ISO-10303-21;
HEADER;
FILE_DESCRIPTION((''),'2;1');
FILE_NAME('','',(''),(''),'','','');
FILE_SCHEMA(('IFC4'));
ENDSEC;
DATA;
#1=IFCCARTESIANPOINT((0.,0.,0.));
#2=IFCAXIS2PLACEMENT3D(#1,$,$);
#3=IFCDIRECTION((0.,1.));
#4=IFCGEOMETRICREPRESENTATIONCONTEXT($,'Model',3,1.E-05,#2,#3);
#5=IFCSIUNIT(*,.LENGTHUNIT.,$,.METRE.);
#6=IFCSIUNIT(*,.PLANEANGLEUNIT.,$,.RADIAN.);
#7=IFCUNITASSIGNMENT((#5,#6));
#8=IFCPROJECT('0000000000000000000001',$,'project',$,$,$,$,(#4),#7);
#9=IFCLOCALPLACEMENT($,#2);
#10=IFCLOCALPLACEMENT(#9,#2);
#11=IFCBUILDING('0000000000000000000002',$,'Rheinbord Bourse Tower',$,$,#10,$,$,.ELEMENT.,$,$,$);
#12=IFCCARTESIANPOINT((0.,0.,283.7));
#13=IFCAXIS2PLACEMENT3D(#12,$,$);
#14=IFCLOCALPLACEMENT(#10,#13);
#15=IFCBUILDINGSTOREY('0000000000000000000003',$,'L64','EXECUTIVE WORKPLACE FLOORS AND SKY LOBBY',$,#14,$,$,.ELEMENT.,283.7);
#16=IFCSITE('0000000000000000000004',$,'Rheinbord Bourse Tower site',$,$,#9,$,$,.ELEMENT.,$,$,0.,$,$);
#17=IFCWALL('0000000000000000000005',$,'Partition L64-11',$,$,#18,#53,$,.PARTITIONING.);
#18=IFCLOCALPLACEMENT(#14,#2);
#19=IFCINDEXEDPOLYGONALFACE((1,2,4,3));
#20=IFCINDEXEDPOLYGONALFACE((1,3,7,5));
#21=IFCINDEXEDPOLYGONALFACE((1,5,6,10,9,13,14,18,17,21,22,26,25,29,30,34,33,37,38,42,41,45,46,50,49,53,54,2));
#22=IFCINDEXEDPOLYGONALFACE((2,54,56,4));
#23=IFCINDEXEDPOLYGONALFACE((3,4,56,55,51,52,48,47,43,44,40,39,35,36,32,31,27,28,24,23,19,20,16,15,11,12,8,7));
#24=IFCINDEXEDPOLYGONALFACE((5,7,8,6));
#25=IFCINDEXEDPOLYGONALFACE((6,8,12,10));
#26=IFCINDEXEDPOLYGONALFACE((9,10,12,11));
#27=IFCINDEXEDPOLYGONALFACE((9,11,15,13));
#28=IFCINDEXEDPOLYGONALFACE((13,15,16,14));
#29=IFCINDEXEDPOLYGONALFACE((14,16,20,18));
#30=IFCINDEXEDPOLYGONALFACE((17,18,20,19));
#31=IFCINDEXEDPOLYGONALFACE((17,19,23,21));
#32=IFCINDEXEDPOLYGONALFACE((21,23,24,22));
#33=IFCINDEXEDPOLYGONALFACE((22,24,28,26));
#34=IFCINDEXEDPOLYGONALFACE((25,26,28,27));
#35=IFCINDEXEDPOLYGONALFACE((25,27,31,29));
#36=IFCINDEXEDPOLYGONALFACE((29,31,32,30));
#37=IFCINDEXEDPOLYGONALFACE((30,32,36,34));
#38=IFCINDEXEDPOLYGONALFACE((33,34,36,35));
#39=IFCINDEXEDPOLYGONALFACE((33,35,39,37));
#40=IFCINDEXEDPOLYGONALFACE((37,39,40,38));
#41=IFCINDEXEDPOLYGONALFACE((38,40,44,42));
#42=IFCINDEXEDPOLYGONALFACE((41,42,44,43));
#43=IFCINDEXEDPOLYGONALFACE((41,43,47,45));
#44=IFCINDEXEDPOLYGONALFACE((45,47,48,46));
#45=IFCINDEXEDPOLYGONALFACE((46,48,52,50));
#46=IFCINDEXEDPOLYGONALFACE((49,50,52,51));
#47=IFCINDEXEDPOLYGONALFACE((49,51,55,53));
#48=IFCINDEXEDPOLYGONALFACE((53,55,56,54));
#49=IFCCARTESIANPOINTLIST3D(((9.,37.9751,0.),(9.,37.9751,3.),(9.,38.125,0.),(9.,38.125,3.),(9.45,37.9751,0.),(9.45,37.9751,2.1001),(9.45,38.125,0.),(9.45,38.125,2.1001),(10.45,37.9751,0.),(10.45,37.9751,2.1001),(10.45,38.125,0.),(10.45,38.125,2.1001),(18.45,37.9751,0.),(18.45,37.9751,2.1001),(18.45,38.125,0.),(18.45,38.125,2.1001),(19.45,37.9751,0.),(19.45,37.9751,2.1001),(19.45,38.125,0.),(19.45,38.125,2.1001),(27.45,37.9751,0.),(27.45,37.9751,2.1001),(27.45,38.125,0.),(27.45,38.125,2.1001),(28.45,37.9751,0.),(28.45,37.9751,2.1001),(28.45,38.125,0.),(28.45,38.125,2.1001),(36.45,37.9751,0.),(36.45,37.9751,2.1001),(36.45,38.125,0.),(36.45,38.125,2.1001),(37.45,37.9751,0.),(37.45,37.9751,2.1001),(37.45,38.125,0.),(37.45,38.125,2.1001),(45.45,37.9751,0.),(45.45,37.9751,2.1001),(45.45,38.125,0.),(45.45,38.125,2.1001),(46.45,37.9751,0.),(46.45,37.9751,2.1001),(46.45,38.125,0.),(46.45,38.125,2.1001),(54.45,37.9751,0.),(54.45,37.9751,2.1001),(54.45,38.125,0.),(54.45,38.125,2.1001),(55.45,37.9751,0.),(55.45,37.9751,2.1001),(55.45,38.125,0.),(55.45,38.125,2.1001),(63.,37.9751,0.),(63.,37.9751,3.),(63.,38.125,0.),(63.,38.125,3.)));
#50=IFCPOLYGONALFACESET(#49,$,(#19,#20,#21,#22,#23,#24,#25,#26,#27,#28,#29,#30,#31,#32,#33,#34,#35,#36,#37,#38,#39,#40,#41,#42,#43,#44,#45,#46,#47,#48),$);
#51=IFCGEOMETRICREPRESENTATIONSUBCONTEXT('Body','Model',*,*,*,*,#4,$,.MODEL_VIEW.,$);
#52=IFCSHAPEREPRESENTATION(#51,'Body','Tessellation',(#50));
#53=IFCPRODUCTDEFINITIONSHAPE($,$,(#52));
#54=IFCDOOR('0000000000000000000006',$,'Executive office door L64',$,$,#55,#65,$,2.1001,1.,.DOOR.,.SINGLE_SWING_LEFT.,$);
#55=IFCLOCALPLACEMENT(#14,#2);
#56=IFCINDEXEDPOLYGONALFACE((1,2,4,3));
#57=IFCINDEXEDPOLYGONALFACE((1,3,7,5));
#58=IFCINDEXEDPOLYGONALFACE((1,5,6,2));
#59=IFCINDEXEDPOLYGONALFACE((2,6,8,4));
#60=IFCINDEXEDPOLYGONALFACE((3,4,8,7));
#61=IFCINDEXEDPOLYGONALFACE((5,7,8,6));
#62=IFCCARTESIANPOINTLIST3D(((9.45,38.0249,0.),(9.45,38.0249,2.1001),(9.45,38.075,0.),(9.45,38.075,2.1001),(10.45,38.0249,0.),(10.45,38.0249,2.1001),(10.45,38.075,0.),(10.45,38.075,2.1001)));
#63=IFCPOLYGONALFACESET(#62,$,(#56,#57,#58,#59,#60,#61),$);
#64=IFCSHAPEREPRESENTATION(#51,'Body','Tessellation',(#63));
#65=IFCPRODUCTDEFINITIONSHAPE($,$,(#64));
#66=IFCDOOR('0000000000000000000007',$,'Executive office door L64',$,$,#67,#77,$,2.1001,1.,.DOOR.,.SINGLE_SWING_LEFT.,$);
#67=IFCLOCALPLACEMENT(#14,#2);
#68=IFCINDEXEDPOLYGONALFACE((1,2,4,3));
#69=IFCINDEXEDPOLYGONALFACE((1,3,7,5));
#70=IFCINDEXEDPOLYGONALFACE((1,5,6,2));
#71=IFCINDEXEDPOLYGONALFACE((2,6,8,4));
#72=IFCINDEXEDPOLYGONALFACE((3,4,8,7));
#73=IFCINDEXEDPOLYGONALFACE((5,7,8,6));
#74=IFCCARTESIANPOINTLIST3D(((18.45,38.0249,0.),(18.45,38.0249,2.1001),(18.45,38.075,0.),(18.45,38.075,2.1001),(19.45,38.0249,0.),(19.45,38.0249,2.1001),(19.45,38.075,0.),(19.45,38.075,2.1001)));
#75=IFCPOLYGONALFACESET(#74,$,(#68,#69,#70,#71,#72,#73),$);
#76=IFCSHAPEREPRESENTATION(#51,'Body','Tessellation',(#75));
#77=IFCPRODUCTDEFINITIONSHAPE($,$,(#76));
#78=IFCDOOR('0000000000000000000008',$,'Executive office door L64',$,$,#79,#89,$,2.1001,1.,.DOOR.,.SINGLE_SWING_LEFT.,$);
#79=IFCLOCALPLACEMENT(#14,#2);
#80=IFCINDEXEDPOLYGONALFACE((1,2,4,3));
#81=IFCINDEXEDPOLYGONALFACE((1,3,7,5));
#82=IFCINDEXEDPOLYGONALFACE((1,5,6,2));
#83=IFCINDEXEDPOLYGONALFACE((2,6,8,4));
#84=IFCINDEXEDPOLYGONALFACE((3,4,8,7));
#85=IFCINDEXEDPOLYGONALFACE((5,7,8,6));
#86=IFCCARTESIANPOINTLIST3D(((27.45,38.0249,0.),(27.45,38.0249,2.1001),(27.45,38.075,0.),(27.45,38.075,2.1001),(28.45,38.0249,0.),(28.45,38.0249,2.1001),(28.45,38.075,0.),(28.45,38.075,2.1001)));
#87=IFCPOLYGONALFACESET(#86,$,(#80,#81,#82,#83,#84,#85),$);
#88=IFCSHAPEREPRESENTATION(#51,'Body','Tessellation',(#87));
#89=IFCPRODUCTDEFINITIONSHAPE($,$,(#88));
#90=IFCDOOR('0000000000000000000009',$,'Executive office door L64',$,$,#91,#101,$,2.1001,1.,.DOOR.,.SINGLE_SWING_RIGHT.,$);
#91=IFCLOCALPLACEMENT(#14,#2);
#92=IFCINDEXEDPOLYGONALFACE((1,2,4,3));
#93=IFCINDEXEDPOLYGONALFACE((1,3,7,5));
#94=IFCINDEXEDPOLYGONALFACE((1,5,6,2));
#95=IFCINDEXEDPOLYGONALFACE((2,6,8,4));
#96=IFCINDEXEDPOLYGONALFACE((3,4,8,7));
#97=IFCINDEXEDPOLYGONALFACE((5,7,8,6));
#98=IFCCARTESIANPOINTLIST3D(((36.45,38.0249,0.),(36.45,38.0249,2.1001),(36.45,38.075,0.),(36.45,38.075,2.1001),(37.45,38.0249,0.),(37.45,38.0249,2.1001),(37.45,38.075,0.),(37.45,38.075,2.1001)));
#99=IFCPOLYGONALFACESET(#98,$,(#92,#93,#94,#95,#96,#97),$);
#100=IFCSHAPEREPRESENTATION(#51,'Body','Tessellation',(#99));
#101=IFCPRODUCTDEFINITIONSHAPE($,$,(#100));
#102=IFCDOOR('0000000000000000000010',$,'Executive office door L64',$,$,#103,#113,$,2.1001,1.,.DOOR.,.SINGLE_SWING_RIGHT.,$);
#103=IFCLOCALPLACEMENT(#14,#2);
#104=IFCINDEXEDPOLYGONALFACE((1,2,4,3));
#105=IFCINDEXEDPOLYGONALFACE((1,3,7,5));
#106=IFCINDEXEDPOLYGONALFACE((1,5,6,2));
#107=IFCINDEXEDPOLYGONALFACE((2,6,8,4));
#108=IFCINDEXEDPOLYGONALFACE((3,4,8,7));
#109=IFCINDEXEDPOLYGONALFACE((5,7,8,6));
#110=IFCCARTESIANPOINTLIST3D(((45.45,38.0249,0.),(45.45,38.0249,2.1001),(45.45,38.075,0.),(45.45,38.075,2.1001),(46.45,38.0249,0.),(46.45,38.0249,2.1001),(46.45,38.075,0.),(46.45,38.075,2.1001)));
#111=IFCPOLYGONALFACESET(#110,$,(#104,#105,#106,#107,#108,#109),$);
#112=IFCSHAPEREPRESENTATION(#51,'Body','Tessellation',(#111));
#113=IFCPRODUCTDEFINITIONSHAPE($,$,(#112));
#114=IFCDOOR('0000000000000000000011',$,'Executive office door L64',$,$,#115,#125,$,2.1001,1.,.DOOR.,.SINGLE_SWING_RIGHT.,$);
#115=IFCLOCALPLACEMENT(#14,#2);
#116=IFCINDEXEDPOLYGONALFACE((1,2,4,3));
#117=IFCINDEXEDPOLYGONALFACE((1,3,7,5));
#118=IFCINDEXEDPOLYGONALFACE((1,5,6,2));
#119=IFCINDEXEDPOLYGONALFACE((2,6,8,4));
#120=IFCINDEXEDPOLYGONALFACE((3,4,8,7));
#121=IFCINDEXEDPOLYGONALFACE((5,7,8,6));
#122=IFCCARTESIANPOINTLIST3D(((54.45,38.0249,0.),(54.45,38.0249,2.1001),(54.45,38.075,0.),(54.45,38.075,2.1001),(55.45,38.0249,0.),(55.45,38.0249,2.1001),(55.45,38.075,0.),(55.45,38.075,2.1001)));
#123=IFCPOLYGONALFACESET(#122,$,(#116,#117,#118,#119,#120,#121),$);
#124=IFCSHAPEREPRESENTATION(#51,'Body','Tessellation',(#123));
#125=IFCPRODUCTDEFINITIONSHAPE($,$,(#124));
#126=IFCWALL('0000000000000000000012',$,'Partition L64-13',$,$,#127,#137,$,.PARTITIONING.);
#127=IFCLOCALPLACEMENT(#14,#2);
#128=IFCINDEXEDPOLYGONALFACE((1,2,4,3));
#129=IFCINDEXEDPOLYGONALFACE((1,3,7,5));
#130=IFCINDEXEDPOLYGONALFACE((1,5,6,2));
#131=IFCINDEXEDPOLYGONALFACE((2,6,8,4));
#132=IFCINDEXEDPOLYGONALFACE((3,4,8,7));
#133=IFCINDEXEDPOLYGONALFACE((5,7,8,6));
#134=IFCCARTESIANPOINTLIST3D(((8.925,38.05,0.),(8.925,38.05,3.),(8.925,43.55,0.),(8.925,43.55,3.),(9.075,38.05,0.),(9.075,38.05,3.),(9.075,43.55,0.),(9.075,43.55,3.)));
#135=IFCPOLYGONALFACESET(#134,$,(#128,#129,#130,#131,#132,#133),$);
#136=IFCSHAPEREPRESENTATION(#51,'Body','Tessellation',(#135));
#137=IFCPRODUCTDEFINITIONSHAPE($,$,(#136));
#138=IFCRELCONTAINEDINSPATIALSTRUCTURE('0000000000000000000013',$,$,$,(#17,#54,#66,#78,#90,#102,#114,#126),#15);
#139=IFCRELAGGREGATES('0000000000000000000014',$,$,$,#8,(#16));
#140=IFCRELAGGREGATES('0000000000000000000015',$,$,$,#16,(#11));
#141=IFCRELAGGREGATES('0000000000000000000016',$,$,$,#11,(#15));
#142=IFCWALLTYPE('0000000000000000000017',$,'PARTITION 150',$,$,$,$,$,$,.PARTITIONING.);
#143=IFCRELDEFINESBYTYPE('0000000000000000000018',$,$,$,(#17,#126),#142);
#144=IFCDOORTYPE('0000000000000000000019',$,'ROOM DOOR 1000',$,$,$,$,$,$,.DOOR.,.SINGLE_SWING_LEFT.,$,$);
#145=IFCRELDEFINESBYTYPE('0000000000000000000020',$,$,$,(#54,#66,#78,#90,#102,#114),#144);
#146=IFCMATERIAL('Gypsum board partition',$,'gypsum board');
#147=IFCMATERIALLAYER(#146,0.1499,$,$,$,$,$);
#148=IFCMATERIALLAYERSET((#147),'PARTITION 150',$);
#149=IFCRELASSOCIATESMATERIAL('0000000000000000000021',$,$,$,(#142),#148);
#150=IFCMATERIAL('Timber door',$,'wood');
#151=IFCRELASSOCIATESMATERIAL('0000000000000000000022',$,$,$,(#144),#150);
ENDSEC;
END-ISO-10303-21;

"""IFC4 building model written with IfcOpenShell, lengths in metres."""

from ifc_helpers import new_model, si_unit, direction, frame, frame_2d, origin, place, context, subcontext, project, spatial, rectangle, extrude, material, layer, layer_set, type_object, element, fill, save


model = new_model("IFC4")

# Units and contexts
model_context = context("Model", 3, precision=1e-05, world=origin(), true_north=direction((0.0, 1.0)))
body_context = subcontext(model_context, "Body", "Model", "MODEL_VIEW")
ifc_project = project(units=[si_unit("LENGTHUNIT", "METRE"), si_unit("PLANEANGLEUNIT", "RADIAN")], contexts=[model_context])

# Site, building, storey
site_placement = place(None, origin())
site = spatial("IfcSite", under=ifc_project, at=site_placement, Name="Rheinbord Bourse Tower site", CompositionType="ELEMENT", RefElevation=0.0)
building_placement = place(site_placement, origin())
building = spatial("IfcBuilding", under=site, at=building_placement, Name="Rheinbord Bourse Tower", CompositionType="ELEMENT")
storey_placement = place(building_placement, frame((0.0, 0.0, 283.7)))
storey = spatial("IfcBuildingStorey", under=building, at=storey_placement, Name="L64", Description="EXECUTIVE WORKPLACE FLOORS AND SKY LOBBY", CompositionType="ELEMENT", Elevation=283.7)

# Wall, openings, doors
ifc_material_1 = material(Name="Gypsum board partition", Category="gypsum board")
ifc_layer_1 = layer(ifc_material_1, 0.1499)
ifc_layer_set_1 = layer_set([ifc_layer_1], Name="PARTITION 150")
wall_type = type_object("IfcWallType", Name="PARTITION 150", PredefinedType="PARTITIONING", material=ifc_layer_set_1)
wall_1_placement = place(storey_placement, frame((9.0, 38.05, 0.0), z_axis=(0.0, 0.0, 1.0), x_axis=(1.0, 0.0, 0.0)))
wall_1 = element("IfcWall", 1, at=wall_1_placement, inside=storey, type_object=wall_type, Name="Partition L64-11", PredefinedType="PARTITIONING", context=body_context, shape_type="SweptSolid", body=[
    extrude(rectangle(XDim=54.0, YDim=0.1499, at=frame_2d((27.0, 0.0))), origin(), (0.0, 0.0, 1.0), 3.0),
])
opening_1_placement = place(wall_1_placement, frame((0.45, 0.0, 0.0)))
opening_1 = element("IfcOpeningElement", 2, at=opening_1_placement, cuts=wall_1, PredefinedType="OPENING", context=body_context, shape_type="SweptSolid", body=[
    extrude(rectangle(XDim=1.0, YDim=2.1001, at=frame_2d((0.5, 1.05))), frame((0.0, 0.085, 0.0), z_axis=(0.0, -1.0, 0.0), x_axis=(1.0, 0.0, 0.0)), (0.0, 0.0, 1.0), 0.1699),
])
opening_2_placement = place(wall_1_placement, frame((9.45, 0.0, 0.0)))
opening_2 = element("IfcOpeningElement", 3, at=opening_2_placement, cuts=wall_1, PredefinedType="OPENING", context=body_context, shape_type="SweptSolid", body=[
    extrude(rectangle(XDim=1.0, YDim=2.1001, at=frame_2d((0.5, 1.05))), frame((0.0, 0.085, 0.0), z_axis=(0.0, -1.0, 0.0), x_axis=(1.0, 0.0, 0.0)), (0.0, 0.0, 1.0), 0.1699),
])
opening_3_placement = place(wall_1_placement, frame((18.45, 0.0, 0.0)))
opening_3 = element("IfcOpeningElement", 4, at=opening_3_placement, cuts=wall_1, PredefinedType="OPENING", context=body_context, shape_type="SweptSolid", body=[
    extrude(rectangle(XDim=1.0, YDim=2.1001, at=frame_2d((0.5, 1.05))), frame((0.0, 0.085, 0.0), z_axis=(0.0, -1.0, 0.0), x_axis=(1.0, 0.0, 0.0)), (0.0, 0.0, 1.0), 0.1699),
])
opening_4_placement = place(wall_1_placement, frame((27.45, 0.0, 0.0)))
opening_4 = element("IfcOpeningElement", 5, at=opening_4_placement, cuts=wall_1, PredefinedType="OPENING", context=body_context, shape_type="SweptSolid", body=[
    extrude(rectangle(XDim=1.0, YDim=2.1001, at=frame_2d((0.5, 1.05))), frame((0.0, 0.085, 0.0), z_axis=(0.0, -1.0, 0.0), x_axis=(1.0, 0.0, 0.0)), (0.0, 0.0, 1.0), 0.1699),
])
opening_5_placement = place(wall_1_placement, frame((36.45, 0.0, 0.0)))
opening_5 = element("IfcOpeningElement", 6, at=opening_5_placement, cuts=wall_1, PredefinedType="OPENING", context=body_context, shape_type="SweptSolid", body=[
    extrude(rectangle(XDim=1.0, YDim=2.1001, at=frame_2d((0.5, 1.05))), frame((0.0, 0.085, 0.0), z_axis=(0.0, -1.0, 0.0), x_axis=(1.0, 0.0, 0.0)), (0.0, 0.0, 1.0), 0.1699),
])
opening_6_placement = place(wall_1_placement, frame((45.45, 0.0, 0.0)))
opening_6 = element("IfcOpeningElement", 7, at=opening_6_placement, cuts=wall_1, PredefinedType="OPENING", context=body_context, shape_type="SweptSolid", body=[
    extrude(rectangle(XDim=1.0, YDim=2.1001, at=frame_2d((0.5, 1.05))), frame((0.0, 0.085, 0.0), z_axis=(0.0, -1.0, 0.0), x_axis=(1.0, 0.0, 0.0)), (0.0, 0.0, 1.0), 0.1699),
])
ifc_material_2 = material(Name="Timber door", Category="wood")
door_type = type_object("IfcDoorType", Name="ROOM DOOR 1000", OperationType="SINGLE_SWING_LEFT", PredefinedType="DOOR", material=ifc_material_2)
door_1_placement = place(opening_1_placement, origin())
door_1 = element("IfcDoor", 8, at=door_1_placement, inside=storey, type_object=door_type, Name="Executive office door L64", OperationType="SINGLE_SWING_LEFT", OverallHeight=2.1001, OverallWidth=1.0, PredefinedType="DOOR", context=body_context, shape_type="SweptSolid", body=[
    extrude(rectangle(XDim=1.0, YDim=2.1001, at=frame_2d((0.5, 1.05))), frame((0.0, 0.0249, 0.0), z_axis=(0.0, -1.0, 0.0), x_axis=(1.0, 0.0, 0.0)), (0.0, 0.0, 1.0), 0.05),
])
fill(opening_1, door_1)
door_2_placement = place(opening_2_placement, origin())
door_2 = element("IfcDoor", 9, at=door_2_placement, inside=storey, type_object=door_type, Name="Executive office door L64", OperationType="SINGLE_SWING_LEFT", OverallHeight=2.1001, OverallWidth=1.0, PredefinedType="DOOR", context=body_context, shape_type="SweptSolid", body=[
    extrude(rectangle(XDim=1.0, YDim=2.1001, at=frame_2d((0.5, 1.05))), frame((0.0, 0.0249, 0.0), z_axis=(0.0, -1.0, 0.0), x_axis=(1.0, 0.0, 0.0)), (0.0, 0.0, 1.0), 0.05),
])
fill(opening_2, door_2)
door_3_placement = place(opening_3_placement, origin())
door_3 = element("IfcDoor", 10, at=door_3_placement, inside=storey, type_object=door_type, Name="Executive office door L64", OperationType="SINGLE_SWING_LEFT", OverallHeight=2.1001, OverallWidth=1.0, PredefinedType="DOOR", context=body_context, shape_type="SweptSolid", body=[
    extrude(rectangle(XDim=1.0, YDim=2.1001, at=frame_2d((0.5, 1.05))), frame((0.0, 0.0249, 0.0), z_axis=(0.0, -1.0, 0.0), x_axis=(1.0, 0.0, 0.0)), (0.0, 0.0, 1.0), 0.05),
])
fill(opening_3, door_3)
door_4_placement = place(opening_4_placement, origin())
door_4 = element("IfcDoor", 11, at=door_4_placement, inside=storey, type_object=door_type, Name="Executive office door L64", OperationType="SINGLE_SWING_RIGHT", OverallHeight=2.1001, OverallWidth=1.0, PredefinedType="DOOR", context=body_context, shape_type="SweptSolid", body=[
    extrude(rectangle(XDim=1.0, YDim=2.1001, at=frame_2d((0.5, 1.05))), frame((0.0, 0.0249, 0.0), z_axis=(0.0, -1.0, 0.0), x_axis=(1.0, 0.0, 0.0)), (0.0, 0.0, 1.0), 0.05),
])
fill(opening_4, door_4)
door_5_placement = place(opening_5_placement, origin())
door_5 = element("IfcDoor", 12, at=door_5_placement, inside=storey, type_object=door_type, Name="Executive office door L64", OperationType="SINGLE_SWING_RIGHT", OverallHeight=2.1001, OverallWidth=1.0, PredefinedType="DOOR", context=body_context, shape_type="SweptSolid", body=[
    extrude(rectangle(XDim=1.0, YDim=2.1001, at=frame_2d((0.5, 1.05))), frame((0.0, 0.0249, 0.0), z_axis=(0.0, -1.0, 0.0), x_axis=(1.0, 0.0, 0.0)), (0.0, 0.0, 1.0), 0.05),
])
fill(opening_5, door_5)
door_6_placement = place(opening_6_placement, origin())
door_6 = element("IfcDoor", 13, at=door_6_placement, inside=storey, type_object=door_type, Name="Executive office door L64", OperationType="SINGLE_SWING_RIGHT", OverallHeight=2.1001, OverallWidth=1.0, PredefinedType="DOOR", context=body_context, shape_type="SweptSolid", body=[
    extrude(rectangle(XDim=1.0, YDim=2.1001, at=frame_2d((0.5, 1.05))), frame((0.0, 0.0249, 0.0), z_axis=(0.0, -1.0, 0.0), x_axis=(1.0, 0.0, 0.0)), (0.0, 0.0, 1.0), 0.05),
])
fill(opening_6, door_6)

# Wall
wall_2_placement = place(storey_placement, frame((9.0, 38.05, 0.0), z_axis=(0.0, 0.0, 1.0), x_axis=(0.0, 1.0, 0.0)))
element("IfcWall", 14, at=wall_2_placement, inside=storey, type_object=wall_type, Name="Partition L64-13", PredefinedType="PARTITIONING", context=body_context, shape_type="SweptSolid", body=[
    extrude(rectangle(XDim=5.5, YDim=0.1499, at=frame_2d((2.75, 0.0))), origin(), (0.0, 0.0, 1.0), 3.0),
])

save(model, "model.ifc")
